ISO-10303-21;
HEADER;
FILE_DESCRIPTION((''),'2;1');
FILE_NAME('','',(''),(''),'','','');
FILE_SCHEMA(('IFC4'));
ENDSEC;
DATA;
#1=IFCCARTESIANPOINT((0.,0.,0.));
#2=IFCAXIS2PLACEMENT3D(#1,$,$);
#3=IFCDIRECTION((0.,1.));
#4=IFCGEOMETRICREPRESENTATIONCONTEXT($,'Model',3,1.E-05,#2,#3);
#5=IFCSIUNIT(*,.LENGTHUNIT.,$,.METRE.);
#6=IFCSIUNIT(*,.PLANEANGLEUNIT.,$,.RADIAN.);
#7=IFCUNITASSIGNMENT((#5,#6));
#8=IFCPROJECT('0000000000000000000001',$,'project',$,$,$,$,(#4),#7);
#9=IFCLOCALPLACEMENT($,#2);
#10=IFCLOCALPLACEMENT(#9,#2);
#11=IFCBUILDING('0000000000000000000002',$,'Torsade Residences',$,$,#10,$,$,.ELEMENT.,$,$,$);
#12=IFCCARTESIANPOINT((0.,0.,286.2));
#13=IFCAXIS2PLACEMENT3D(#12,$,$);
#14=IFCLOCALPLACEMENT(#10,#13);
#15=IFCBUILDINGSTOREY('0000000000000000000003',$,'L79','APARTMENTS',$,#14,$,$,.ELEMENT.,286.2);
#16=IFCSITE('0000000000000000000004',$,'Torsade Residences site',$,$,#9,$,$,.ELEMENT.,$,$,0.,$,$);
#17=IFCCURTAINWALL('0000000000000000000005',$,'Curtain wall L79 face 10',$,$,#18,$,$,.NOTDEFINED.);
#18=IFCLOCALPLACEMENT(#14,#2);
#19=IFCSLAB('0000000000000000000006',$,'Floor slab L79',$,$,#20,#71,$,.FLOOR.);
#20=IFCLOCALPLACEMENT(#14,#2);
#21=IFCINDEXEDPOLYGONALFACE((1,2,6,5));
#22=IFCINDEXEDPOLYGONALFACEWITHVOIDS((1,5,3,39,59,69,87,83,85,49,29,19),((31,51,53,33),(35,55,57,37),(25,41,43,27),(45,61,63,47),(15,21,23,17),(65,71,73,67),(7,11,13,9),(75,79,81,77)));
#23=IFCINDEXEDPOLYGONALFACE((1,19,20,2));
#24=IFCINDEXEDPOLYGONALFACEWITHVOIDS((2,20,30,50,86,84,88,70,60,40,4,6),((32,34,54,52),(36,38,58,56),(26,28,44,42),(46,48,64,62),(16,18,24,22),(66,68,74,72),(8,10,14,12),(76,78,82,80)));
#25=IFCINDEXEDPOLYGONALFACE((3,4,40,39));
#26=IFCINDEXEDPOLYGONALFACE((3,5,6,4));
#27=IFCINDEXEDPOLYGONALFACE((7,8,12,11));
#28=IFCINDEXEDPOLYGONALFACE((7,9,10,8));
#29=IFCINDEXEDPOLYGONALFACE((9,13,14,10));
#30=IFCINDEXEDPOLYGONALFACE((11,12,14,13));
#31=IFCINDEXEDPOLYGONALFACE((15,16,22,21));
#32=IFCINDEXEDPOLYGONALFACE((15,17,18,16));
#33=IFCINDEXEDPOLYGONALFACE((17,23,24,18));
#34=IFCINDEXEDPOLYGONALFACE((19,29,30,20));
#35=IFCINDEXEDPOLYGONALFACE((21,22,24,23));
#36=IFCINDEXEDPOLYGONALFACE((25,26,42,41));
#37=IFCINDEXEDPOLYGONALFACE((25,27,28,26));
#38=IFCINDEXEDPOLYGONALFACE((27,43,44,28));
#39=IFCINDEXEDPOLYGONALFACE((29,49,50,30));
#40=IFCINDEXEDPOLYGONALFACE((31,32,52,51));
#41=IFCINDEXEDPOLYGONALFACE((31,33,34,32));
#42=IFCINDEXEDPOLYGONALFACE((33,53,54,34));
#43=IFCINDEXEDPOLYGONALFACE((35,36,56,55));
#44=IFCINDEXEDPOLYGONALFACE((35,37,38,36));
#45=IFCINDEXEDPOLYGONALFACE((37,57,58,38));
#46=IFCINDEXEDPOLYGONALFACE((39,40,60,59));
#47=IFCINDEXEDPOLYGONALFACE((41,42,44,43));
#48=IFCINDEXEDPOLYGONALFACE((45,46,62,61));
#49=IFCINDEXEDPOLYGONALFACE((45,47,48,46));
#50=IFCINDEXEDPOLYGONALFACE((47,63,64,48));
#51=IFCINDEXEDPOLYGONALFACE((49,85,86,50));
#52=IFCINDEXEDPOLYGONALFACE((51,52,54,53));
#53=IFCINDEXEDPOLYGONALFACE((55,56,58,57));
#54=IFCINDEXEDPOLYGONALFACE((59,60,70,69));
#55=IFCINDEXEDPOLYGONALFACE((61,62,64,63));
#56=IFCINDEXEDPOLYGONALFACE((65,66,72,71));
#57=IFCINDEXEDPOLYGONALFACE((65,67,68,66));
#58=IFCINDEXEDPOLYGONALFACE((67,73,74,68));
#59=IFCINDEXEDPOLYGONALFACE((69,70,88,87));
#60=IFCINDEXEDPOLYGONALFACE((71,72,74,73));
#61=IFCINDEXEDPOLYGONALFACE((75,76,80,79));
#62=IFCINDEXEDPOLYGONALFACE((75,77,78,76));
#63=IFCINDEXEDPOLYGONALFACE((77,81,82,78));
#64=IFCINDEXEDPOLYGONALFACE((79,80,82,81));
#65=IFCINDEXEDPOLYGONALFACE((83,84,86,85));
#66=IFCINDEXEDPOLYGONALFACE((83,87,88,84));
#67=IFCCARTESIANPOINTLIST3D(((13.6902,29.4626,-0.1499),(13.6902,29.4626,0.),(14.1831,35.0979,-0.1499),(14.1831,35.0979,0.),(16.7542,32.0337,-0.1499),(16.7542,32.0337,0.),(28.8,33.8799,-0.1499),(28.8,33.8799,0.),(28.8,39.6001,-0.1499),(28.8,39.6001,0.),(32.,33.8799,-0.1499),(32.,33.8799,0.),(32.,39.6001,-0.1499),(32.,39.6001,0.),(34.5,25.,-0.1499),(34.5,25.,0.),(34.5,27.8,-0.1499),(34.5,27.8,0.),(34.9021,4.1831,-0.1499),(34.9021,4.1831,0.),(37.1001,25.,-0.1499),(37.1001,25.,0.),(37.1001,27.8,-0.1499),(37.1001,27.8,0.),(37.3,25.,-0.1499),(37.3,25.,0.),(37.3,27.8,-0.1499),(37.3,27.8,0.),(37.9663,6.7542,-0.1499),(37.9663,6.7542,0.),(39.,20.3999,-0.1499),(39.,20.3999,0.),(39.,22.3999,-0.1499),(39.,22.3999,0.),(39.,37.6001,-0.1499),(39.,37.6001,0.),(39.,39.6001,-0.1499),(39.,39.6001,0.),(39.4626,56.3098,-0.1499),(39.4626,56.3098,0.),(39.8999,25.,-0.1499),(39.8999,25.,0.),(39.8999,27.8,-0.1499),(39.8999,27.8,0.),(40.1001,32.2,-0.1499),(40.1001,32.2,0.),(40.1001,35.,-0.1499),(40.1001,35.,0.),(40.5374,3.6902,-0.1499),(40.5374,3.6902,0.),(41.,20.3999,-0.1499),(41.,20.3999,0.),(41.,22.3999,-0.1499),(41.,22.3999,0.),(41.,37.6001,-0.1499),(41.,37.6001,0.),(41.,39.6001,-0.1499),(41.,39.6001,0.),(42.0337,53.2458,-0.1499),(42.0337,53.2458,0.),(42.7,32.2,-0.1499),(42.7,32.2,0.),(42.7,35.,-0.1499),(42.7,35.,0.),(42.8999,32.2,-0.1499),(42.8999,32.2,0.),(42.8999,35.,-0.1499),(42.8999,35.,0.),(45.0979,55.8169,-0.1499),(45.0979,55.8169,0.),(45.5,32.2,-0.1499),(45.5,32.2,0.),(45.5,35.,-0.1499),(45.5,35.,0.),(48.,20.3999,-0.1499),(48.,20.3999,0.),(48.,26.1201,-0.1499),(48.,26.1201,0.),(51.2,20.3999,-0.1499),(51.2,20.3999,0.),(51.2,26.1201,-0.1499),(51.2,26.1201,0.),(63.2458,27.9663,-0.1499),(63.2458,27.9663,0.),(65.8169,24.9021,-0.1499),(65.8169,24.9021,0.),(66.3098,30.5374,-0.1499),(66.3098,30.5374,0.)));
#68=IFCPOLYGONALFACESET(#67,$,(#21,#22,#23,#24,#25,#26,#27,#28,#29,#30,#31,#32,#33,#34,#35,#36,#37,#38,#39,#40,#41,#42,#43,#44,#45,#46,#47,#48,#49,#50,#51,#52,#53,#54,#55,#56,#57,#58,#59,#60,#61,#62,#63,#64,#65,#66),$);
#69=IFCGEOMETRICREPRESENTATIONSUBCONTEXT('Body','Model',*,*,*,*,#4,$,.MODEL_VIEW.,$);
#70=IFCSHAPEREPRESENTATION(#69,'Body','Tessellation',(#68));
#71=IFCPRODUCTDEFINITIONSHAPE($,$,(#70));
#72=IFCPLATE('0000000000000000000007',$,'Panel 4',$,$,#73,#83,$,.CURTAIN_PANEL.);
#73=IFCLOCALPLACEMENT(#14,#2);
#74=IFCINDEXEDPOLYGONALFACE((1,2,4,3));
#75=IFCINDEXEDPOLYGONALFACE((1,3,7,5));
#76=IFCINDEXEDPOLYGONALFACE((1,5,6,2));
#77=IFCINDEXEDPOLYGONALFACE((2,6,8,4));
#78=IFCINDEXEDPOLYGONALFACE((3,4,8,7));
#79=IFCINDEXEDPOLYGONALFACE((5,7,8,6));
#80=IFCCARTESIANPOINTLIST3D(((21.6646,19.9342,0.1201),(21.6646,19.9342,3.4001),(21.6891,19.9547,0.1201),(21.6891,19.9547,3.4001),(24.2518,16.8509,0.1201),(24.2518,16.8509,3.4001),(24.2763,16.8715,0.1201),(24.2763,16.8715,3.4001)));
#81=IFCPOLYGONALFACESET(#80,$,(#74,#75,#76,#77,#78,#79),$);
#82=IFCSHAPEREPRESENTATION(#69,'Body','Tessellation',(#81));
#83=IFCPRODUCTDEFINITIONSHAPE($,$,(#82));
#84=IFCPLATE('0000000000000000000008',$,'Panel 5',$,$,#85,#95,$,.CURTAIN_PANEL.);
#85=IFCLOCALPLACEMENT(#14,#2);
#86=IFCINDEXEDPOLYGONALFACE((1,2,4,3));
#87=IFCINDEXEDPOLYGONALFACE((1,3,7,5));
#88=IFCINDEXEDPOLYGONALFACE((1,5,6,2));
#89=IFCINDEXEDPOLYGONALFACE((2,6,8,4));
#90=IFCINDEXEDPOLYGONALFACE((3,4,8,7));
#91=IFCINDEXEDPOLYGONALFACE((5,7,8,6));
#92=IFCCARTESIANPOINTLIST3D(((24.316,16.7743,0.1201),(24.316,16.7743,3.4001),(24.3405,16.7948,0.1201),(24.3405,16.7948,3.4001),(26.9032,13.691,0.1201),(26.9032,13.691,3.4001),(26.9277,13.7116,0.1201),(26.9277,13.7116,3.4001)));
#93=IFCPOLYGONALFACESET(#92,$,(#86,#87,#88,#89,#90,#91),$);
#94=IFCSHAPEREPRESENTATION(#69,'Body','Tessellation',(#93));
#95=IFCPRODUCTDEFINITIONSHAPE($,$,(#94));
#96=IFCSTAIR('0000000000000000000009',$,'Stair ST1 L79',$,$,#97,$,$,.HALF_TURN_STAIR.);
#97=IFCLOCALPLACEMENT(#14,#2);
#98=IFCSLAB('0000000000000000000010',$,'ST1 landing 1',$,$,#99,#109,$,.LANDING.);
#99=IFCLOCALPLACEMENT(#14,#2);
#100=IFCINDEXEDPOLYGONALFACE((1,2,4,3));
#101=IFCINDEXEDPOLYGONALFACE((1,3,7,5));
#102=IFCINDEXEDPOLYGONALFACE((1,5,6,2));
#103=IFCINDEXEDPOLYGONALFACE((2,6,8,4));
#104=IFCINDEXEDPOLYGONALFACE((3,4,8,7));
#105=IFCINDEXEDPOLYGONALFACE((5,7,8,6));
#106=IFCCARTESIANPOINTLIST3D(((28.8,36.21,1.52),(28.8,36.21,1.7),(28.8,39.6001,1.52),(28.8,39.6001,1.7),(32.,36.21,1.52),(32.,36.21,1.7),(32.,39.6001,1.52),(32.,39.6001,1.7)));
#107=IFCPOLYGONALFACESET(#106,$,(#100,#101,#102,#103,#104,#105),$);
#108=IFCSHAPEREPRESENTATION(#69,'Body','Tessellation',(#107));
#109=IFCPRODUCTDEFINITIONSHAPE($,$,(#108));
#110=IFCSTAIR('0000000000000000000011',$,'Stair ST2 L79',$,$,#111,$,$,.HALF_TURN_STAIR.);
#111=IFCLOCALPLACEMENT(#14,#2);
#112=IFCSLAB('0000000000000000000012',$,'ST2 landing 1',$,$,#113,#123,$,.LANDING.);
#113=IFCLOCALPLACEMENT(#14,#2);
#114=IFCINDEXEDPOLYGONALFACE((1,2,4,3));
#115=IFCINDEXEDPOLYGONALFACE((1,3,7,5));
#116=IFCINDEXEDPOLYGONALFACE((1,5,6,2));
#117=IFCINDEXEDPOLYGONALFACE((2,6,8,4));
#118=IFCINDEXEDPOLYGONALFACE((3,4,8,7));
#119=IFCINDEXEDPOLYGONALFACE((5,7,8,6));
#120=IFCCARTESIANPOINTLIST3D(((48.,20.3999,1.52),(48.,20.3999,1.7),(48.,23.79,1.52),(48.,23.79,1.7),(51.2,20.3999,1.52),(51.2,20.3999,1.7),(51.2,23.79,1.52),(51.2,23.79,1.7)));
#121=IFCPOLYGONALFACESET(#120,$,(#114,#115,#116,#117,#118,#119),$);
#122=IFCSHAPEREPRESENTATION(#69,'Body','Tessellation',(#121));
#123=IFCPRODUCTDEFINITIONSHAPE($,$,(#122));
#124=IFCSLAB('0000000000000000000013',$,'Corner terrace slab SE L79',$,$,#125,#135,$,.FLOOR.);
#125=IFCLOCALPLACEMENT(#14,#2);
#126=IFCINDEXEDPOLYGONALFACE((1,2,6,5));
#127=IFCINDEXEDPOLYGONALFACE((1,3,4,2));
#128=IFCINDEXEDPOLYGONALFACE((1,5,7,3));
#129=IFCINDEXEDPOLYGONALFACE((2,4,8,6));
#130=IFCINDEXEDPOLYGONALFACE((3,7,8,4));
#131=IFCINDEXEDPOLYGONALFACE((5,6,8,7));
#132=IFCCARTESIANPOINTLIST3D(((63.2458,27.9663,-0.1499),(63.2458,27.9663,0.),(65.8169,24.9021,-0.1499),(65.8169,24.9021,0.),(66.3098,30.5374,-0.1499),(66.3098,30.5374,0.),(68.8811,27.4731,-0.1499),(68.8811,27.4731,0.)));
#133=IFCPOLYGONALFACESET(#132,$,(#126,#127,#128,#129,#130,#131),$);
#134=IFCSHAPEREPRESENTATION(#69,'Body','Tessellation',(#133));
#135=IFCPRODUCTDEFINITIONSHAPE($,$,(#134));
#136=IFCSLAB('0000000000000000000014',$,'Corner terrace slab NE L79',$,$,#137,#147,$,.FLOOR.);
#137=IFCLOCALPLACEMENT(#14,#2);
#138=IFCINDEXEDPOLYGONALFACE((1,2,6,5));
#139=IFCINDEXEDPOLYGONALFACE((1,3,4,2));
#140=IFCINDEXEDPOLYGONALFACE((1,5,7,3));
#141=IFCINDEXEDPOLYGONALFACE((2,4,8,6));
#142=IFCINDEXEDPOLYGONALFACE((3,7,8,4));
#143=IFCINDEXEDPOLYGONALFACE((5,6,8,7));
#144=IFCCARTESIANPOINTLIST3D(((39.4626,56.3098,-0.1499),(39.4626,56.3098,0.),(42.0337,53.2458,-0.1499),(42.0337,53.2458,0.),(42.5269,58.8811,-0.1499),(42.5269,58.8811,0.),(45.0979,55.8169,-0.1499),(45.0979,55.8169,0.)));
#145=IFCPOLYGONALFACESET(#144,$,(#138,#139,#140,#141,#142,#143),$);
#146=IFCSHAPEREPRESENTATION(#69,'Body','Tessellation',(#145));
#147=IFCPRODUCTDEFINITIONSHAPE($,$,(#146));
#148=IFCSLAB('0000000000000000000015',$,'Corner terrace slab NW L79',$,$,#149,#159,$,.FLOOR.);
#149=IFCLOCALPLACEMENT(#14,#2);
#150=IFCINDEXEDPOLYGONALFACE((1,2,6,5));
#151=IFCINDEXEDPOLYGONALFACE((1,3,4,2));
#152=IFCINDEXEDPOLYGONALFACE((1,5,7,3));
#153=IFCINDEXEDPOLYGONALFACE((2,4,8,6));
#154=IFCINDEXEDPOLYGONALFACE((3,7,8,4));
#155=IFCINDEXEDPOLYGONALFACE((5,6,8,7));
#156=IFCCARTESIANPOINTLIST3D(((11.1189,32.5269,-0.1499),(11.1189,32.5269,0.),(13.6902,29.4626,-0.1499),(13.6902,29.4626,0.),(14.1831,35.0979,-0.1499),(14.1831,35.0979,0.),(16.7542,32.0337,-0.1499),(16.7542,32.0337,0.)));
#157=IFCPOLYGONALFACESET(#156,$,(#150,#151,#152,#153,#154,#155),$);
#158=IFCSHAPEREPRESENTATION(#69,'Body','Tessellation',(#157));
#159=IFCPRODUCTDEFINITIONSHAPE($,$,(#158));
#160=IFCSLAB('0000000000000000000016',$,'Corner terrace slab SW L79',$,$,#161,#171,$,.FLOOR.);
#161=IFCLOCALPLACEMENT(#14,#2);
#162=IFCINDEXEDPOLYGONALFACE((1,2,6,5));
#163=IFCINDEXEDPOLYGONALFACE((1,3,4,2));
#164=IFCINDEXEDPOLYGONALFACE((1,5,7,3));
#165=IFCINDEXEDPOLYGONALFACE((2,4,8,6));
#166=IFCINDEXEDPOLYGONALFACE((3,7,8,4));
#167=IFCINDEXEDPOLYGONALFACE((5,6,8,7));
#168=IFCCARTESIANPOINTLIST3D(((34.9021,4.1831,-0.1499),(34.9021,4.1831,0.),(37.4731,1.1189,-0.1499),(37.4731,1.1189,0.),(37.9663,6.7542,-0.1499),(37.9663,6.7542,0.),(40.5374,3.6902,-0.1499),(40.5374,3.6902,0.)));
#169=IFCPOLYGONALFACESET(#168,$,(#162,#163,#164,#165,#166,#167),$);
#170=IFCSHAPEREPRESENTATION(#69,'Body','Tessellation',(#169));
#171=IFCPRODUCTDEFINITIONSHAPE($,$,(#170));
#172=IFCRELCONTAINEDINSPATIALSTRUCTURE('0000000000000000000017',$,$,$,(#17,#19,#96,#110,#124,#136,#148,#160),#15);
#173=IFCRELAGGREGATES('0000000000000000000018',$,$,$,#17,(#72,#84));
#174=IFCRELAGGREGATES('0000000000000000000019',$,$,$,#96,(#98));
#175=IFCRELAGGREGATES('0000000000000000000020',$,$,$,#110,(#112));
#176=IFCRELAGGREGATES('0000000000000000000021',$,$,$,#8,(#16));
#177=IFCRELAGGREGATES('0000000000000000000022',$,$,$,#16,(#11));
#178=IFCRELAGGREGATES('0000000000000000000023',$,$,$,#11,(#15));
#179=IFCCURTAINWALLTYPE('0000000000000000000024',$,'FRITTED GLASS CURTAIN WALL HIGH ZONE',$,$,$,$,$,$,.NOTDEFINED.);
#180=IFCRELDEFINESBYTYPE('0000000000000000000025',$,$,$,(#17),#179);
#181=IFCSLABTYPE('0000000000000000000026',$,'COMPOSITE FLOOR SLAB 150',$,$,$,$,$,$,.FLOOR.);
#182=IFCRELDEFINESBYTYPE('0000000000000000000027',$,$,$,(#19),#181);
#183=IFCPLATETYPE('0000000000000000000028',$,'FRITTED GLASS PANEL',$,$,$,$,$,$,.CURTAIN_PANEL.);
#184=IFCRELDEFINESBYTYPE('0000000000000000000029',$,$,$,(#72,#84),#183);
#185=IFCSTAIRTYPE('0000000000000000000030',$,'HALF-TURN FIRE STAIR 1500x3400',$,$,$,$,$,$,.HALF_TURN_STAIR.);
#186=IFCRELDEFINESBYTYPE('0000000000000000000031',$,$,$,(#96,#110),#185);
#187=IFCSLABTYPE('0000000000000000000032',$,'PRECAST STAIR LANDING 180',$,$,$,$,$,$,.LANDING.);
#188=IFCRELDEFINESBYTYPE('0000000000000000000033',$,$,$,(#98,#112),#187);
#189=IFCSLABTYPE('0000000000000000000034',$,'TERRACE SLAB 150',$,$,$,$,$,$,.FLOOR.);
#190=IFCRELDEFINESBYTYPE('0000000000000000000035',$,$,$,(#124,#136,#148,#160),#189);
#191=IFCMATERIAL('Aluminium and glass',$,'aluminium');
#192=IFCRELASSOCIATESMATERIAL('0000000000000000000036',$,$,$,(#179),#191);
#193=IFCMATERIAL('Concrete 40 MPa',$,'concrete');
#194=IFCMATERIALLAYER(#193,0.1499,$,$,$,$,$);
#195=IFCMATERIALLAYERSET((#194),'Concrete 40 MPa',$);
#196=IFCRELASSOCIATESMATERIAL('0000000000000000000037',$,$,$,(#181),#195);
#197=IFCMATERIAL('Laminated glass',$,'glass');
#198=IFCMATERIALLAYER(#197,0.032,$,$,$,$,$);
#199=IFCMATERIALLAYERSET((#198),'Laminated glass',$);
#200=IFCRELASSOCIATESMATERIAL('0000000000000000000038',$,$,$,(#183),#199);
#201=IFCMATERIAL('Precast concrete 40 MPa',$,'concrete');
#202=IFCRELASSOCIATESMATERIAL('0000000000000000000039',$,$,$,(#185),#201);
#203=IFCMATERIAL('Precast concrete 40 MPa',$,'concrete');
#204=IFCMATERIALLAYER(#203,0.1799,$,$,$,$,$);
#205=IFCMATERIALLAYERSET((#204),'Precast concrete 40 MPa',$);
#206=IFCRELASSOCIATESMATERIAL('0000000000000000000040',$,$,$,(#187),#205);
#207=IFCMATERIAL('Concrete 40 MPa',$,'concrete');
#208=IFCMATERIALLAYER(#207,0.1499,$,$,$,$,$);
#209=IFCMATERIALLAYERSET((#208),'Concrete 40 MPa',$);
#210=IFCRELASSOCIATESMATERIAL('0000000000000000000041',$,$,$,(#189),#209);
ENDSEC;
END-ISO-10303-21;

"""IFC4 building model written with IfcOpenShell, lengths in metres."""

from ifc_helpers import new_model, si_unit, direction, frame, origin, origin_2d, place, context, subcontext, project, spatial, polyline, rectangle, outline, extrude, material, layer, layer_set, type_object, element, aggregate, save


model = new_model("IFC4")

# Units and contexts
model_context = context("Model", 3, precision=1e-05, world=origin(), true_north=direction((0.0, 1.0)))
body_context = subcontext(model_context, "Body", "Model", "MODEL_VIEW")
ifc_project = project(units=[si_unit("LENGTHUNIT", "METRE"), si_unit("PLANEANGLEUNIT", "RADIAN")], contexts=[model_context])

# Site, building, storey
site_placement = place(None, origin())
site = spatial("IfcSite", under=ifc_project, at=site_placement, Name="Torsade Residences site", CompositionType="ELEMENT", RefElevation=0.0)
building_placement = place(site_placement, origin())
building = spatial("IfcBuilding", under=site, at=building_placement, Name="Torsade Residences", CompositionType="ELEMENT")
storey_placement = place(building_placement, frame((0.0, 0.0, 286.2)))
storey = spatial("IfcBuildingStorey", under=building, at=storey_placement, Name="L79", Description="APARTMENTS", CompositionType="ELEMENT", Elevation=286.2)

# Curtain wall
ifc_material_1 = material(Name="Aluminium and glass", Category="aluminium")
curtain_wall_type = type_object("IfcCurtainWallType", Name="FRITTED GLASS CURTAIN WALL HIGH ZONE", PredefinedType="NOTDEFINED", material=ifc_material_1)
curtain_wall_placement = place(storey_placement, origin())
curtain_wall = element("IfcCurtainWall", 1, at=curtain_wall_placement, inside=storey, type_object=curtain_wall_type, Name="Curtain wall L79 face 10", PredefinedType="NOTDEFINED")

# Slab
ifc_material_2 = material(Name="Concrete 40 MPa", Category="concrete")
ifc_layer_1 = layer(ifc_material_2, 0.1499)
ifc_layer_set_1 = layer_set([ifc_layer_1], Name="Concrete 40 MPa")
slab_type_1 = type_object("IfcSlabType", Name="COMPOSITE FLOOR SLAB 150", PredefinedType="FLOOR", material=ifc_layer_set_1)
slab_1_placement = place(storey_placement, frame((0.0, 0.0, -0.1499)))
element("IfcSlab", 2, at=slab_1_placement, inside=storey, type_object=slab_type_1, Name="Floor slab L79", PredefinedType="FLOOR", context=body_context, shape_type="SweptSolid", body=[
    extrude(outline(polyline([(40.5374, 3.6902), (65.8169, 24.9021), (63.2458, 27.9663), (66.3098, 30.5374), (45.0979, 55.8169), (42.0337, 53.2458), (39.4626, 56.3098), (14.1831, 35.0979), (16.7542, 32.0337), (13.6902, 29.4626), (34.9021, 4.1831), (37.9663, 6.7542), (40.5374, 3.6902)]), holes=[polyline([(51.2, 26.1201), (48.0, 26.1201), (48.0, 20.3999), (51.2, 20.3999), (51.2, 26.1201)]), polyline([(45.5, 35.0), (42.8999, 35.0), (42.8999, 32.2), (45.5, 32.2), (45.5, 35.0)]), polyline([(42.7, 35.0), (40.1001, 35.0), (40.1001, 32.2), (42.7, 32.2), (42.7, 35.0)]), polyline([(41.0, 22.3999), (39.0, 22.3999), (39.0, 20.3999), (41.0, 20.3999), (41.0, 22.3999)]), polyline([(41.0, 39.6001), (39.0, 39.6001), (39.0, 37.6001), (41.0, 37.6001), (41.0, 39.6001)]), polyline([(39.8999, 27.8), (37.3, 27.8), (37.3, 25.0), (39.8999, 25.0), (39.8999, 27.8)]), polyline([(37.1001, 27.8), (34.5, 27.8), (34.5, 25.0), (37.1001, 25.0), (37.1001, 27.8)]), polyline([(32.0, 39.6001), (28.8, 39.6001), (28.8, 33.8799), (32.0, 33.8799), (32.0, 39.6001)])]), origin(), (0.0, 0.0, 1.0), 0.1499),
])

# Plates
ifc_material_3 = material(Name="Laminated glass", Category="glass")
ifc_layer_2 = layer(ifc_material_3, 0.032)
ifc_layer_set_2 = layer_set([ifc_layer_2], Name="Laminated glass")
plate_type = type_object("IfcPlateType", Name="FRITTED GLASS PANEL", PredefinedType="CURTAIN_PANEL", material=ifc_layer_set_2)
plate_1_placement = place(storey_placement, frame((22.9705, 18.4028, 0.1201), z_axis=(0.0, 0.0, 1.0), x_axis=(0.642788, -0.766044, 0.0)))
plate_1 = element("IfcPlate", 3, at=plate_1_placement, type_object=plate_type, Name="Panel 4", PredefinedType="CURTAIN_PANEL", context=body_context, shape_type="SweptSolid", body=[
    extrude(rectangle(XDim=4.0249, YDim=0.032, at=origin_2d()), origin(), (0.0, 0.0, 1.0), 3.28),
])
plate_2_placement = place(storey_placement, frame((25.6218, 15.2429, 0.1201), z_axis=(0.0, 0.0, 1.0), x_axis=(0.642788, -0.766044, 0.0)))
plate_2 = element("IfcPlate", 4, at=plate_2_placement, type_object=plate_type, Name="Panel 5", PredefinedType="CURTAIN_PANEL", context=body_context, shape_type="SweptSolid", body=[
    extrude(rectangle(XDim=4.0249, YDim=0.032, at=origin_2d()), origin(), (0.0, 0.0, 1.0), 3.28),
])
aggregate(curtain_wall, [plate_1, plate_2])

# Stairs, slabs
ifc_material_4 = material(Name="Precast concrete 40 MPa", Category="concrete")
stair_type = type_object("IfcStairType", Name="HALF-TURN FIRE STAIR 1500x3400", PredefinedType="HALF_TURN_STAIR", material=ifc_material_4)
stair_1_placement = place(storey_placement, origin())
stair_1 = element("IfcStair", 5, at=stair_1_placement, inside=storey, type_object=stair_type, Name="Stair ST1 L79", PredefinedType="HALF_TURN_STAIR")
ifc_material_5 = material(Name="Precast concrete 40 MPa", Category="concrete")
ifc_layer_3 = layer(ifc_material_5, 0.1799)
ifc_layer_set_3 = layer_set([ifc_layer_3], Name="Precast concrete 40 MPa")
slab_type_2 = type_object("IfcSlabType", Name="PRECAST STAIR LANDING 180", PredefinedType="LANDING", material=ifc_layer_set_3)
slab_2_placement = place(storey_placement, frame((0.0, 0.0, 1.52)))
slab_2 = element("IfcSlab", 6, at=slab_2_placement, type_object=slab_type_2, Name="ST1 landing 1", PredefinedType="LANDING", context=body_context, shape_type="SweptSolid", body=[
    extrude(outline(polyline([(28.8, 36.21), (32.0, 36.21), (32.0, 39.6001), (28.8, 39.6001), (28.8, 36.21)])), origin(), (0.0, 0.0, 1.0), 0.1799),
])
aggregate(stair_1, [slab_2])
stair_2_placement = place(storey_placement, origin())
stair_2 = element("IfcStair", 7, at=stair_2_placement, inside=storey, type_object=stair_type, Name="Stair ST2 L79", PredefinedType="HALF_TURN_STAIR")
slab_3_placement = place(storey_placement, frame((0.0, 0.0, 1.52)))
slab_3 = element("IfcSlab", 8, at=slab_3_placement, type_object=slab_type_2, Name="ST2 landing 1", PredefinedType="LANDING", context=body_context, shape_type="SweptSolid", body=[
    extrude(outline(polyline([(48.0, 20.3999), (51.2, 20.3999), (51.2, 23.79), (48.0, 23.79), (48.0, 20.3999)])), origin(), (0.0, 0.0, 1.0), 0.1799),
])
aggregate(stair_2, [slab_3])

# Slabs
ifc_material_6 = material(Name="Concrete 40 MPa", Category="concrete")
ifc_layer_4 = layer(ifc_material_6, 0.1499)
ifc_layer_set_4 = layer_set([ifc_layer_4], Name="Concrete 40 MPa")
slab_type_3 = type_object("IfcSlabType", Name="TERRACE SLAB 150", PredefinedType="FLOOR", material=ifc_layer_set_4)
slab_4_placement = place(storey_placement, frame((0.0, 0.0, -0.1499)))
element("IfcSlab", 9, at=slab_4_placement, inside=storey, type_object=slab_type_3, Name="Corner terrace slab SE L79", PredefinedType="FLOOR", context=body_context, shape_type="SweptSolid", body=[
    extrude(outline(polyline([(65.8169, 24.9021), (68.8811, 27.4731), (66.3098, 30.5374), (63.2458, 27.9663), (65.8169, 24.9021)])), origin(), (0.0, 0.0, 1.0), 0.1499),
])
slab_5_placement = place(storey_placement, frame((0.0, 0.0, -0.1499)))
element("IfcSlab", 10, at=slab_5_placement, inside=storey, type_object=slab_type_3, Name="Corner terrace slab NE L79", PredefinedType="FLOOR", context=body_context, shape_type="SweptSolid", body=[
    extrude(outline(polyline([(42.0337, 53.2458), (45.0979, 55.8169), (42.5269, 58.8811), (39.4626, 56.3098), (42.0337, 53.2458)])), origin(), (0.0, 0.0, 1.0), 0.1499),
])
slab_6_placement = place(storey_placement, frame((0.0, 0.0, -0.1499)))
element("IfcSlab", 11, at=slab_6_placement, inside=storey, type_object=slab_type_3, Name="Corner terrace slab NW L79", PredefinedType="FLOOR", context=body_context, shape_type="SweptSolid", body=[
    extrude(outline(polyline([(13.6902, 29.4626), (16.7542, 32.0337), (14.1831, 35.0979), (11.1189, 32.5269), (13.6902, 29.4626)])), origin(), (0.0, 0.0, 1.0), 0.1499),
])
slab_7_placement = place(storey_placement, frame((0.0, 0.0, -0.1499)))
element("IfcSlab", 12, at=slab_7_placement, inside=storey, type_object=slab_type_3, Name="Corner terrace slab SW L79", PredefinedType="FLOOR", context=body_context, shape_type="SweptSolid", body=[
    extrude(outline(polyline([(37.4731, 1.1189), (40.5374, 3.6902), (37.9663, 6.7542), (34.9021, 4.1831), (37.4731, 1.1189)])), origin(), (0.0, 0.0, 1.0), 0.1499),
])

save(model, "model.ifc")
